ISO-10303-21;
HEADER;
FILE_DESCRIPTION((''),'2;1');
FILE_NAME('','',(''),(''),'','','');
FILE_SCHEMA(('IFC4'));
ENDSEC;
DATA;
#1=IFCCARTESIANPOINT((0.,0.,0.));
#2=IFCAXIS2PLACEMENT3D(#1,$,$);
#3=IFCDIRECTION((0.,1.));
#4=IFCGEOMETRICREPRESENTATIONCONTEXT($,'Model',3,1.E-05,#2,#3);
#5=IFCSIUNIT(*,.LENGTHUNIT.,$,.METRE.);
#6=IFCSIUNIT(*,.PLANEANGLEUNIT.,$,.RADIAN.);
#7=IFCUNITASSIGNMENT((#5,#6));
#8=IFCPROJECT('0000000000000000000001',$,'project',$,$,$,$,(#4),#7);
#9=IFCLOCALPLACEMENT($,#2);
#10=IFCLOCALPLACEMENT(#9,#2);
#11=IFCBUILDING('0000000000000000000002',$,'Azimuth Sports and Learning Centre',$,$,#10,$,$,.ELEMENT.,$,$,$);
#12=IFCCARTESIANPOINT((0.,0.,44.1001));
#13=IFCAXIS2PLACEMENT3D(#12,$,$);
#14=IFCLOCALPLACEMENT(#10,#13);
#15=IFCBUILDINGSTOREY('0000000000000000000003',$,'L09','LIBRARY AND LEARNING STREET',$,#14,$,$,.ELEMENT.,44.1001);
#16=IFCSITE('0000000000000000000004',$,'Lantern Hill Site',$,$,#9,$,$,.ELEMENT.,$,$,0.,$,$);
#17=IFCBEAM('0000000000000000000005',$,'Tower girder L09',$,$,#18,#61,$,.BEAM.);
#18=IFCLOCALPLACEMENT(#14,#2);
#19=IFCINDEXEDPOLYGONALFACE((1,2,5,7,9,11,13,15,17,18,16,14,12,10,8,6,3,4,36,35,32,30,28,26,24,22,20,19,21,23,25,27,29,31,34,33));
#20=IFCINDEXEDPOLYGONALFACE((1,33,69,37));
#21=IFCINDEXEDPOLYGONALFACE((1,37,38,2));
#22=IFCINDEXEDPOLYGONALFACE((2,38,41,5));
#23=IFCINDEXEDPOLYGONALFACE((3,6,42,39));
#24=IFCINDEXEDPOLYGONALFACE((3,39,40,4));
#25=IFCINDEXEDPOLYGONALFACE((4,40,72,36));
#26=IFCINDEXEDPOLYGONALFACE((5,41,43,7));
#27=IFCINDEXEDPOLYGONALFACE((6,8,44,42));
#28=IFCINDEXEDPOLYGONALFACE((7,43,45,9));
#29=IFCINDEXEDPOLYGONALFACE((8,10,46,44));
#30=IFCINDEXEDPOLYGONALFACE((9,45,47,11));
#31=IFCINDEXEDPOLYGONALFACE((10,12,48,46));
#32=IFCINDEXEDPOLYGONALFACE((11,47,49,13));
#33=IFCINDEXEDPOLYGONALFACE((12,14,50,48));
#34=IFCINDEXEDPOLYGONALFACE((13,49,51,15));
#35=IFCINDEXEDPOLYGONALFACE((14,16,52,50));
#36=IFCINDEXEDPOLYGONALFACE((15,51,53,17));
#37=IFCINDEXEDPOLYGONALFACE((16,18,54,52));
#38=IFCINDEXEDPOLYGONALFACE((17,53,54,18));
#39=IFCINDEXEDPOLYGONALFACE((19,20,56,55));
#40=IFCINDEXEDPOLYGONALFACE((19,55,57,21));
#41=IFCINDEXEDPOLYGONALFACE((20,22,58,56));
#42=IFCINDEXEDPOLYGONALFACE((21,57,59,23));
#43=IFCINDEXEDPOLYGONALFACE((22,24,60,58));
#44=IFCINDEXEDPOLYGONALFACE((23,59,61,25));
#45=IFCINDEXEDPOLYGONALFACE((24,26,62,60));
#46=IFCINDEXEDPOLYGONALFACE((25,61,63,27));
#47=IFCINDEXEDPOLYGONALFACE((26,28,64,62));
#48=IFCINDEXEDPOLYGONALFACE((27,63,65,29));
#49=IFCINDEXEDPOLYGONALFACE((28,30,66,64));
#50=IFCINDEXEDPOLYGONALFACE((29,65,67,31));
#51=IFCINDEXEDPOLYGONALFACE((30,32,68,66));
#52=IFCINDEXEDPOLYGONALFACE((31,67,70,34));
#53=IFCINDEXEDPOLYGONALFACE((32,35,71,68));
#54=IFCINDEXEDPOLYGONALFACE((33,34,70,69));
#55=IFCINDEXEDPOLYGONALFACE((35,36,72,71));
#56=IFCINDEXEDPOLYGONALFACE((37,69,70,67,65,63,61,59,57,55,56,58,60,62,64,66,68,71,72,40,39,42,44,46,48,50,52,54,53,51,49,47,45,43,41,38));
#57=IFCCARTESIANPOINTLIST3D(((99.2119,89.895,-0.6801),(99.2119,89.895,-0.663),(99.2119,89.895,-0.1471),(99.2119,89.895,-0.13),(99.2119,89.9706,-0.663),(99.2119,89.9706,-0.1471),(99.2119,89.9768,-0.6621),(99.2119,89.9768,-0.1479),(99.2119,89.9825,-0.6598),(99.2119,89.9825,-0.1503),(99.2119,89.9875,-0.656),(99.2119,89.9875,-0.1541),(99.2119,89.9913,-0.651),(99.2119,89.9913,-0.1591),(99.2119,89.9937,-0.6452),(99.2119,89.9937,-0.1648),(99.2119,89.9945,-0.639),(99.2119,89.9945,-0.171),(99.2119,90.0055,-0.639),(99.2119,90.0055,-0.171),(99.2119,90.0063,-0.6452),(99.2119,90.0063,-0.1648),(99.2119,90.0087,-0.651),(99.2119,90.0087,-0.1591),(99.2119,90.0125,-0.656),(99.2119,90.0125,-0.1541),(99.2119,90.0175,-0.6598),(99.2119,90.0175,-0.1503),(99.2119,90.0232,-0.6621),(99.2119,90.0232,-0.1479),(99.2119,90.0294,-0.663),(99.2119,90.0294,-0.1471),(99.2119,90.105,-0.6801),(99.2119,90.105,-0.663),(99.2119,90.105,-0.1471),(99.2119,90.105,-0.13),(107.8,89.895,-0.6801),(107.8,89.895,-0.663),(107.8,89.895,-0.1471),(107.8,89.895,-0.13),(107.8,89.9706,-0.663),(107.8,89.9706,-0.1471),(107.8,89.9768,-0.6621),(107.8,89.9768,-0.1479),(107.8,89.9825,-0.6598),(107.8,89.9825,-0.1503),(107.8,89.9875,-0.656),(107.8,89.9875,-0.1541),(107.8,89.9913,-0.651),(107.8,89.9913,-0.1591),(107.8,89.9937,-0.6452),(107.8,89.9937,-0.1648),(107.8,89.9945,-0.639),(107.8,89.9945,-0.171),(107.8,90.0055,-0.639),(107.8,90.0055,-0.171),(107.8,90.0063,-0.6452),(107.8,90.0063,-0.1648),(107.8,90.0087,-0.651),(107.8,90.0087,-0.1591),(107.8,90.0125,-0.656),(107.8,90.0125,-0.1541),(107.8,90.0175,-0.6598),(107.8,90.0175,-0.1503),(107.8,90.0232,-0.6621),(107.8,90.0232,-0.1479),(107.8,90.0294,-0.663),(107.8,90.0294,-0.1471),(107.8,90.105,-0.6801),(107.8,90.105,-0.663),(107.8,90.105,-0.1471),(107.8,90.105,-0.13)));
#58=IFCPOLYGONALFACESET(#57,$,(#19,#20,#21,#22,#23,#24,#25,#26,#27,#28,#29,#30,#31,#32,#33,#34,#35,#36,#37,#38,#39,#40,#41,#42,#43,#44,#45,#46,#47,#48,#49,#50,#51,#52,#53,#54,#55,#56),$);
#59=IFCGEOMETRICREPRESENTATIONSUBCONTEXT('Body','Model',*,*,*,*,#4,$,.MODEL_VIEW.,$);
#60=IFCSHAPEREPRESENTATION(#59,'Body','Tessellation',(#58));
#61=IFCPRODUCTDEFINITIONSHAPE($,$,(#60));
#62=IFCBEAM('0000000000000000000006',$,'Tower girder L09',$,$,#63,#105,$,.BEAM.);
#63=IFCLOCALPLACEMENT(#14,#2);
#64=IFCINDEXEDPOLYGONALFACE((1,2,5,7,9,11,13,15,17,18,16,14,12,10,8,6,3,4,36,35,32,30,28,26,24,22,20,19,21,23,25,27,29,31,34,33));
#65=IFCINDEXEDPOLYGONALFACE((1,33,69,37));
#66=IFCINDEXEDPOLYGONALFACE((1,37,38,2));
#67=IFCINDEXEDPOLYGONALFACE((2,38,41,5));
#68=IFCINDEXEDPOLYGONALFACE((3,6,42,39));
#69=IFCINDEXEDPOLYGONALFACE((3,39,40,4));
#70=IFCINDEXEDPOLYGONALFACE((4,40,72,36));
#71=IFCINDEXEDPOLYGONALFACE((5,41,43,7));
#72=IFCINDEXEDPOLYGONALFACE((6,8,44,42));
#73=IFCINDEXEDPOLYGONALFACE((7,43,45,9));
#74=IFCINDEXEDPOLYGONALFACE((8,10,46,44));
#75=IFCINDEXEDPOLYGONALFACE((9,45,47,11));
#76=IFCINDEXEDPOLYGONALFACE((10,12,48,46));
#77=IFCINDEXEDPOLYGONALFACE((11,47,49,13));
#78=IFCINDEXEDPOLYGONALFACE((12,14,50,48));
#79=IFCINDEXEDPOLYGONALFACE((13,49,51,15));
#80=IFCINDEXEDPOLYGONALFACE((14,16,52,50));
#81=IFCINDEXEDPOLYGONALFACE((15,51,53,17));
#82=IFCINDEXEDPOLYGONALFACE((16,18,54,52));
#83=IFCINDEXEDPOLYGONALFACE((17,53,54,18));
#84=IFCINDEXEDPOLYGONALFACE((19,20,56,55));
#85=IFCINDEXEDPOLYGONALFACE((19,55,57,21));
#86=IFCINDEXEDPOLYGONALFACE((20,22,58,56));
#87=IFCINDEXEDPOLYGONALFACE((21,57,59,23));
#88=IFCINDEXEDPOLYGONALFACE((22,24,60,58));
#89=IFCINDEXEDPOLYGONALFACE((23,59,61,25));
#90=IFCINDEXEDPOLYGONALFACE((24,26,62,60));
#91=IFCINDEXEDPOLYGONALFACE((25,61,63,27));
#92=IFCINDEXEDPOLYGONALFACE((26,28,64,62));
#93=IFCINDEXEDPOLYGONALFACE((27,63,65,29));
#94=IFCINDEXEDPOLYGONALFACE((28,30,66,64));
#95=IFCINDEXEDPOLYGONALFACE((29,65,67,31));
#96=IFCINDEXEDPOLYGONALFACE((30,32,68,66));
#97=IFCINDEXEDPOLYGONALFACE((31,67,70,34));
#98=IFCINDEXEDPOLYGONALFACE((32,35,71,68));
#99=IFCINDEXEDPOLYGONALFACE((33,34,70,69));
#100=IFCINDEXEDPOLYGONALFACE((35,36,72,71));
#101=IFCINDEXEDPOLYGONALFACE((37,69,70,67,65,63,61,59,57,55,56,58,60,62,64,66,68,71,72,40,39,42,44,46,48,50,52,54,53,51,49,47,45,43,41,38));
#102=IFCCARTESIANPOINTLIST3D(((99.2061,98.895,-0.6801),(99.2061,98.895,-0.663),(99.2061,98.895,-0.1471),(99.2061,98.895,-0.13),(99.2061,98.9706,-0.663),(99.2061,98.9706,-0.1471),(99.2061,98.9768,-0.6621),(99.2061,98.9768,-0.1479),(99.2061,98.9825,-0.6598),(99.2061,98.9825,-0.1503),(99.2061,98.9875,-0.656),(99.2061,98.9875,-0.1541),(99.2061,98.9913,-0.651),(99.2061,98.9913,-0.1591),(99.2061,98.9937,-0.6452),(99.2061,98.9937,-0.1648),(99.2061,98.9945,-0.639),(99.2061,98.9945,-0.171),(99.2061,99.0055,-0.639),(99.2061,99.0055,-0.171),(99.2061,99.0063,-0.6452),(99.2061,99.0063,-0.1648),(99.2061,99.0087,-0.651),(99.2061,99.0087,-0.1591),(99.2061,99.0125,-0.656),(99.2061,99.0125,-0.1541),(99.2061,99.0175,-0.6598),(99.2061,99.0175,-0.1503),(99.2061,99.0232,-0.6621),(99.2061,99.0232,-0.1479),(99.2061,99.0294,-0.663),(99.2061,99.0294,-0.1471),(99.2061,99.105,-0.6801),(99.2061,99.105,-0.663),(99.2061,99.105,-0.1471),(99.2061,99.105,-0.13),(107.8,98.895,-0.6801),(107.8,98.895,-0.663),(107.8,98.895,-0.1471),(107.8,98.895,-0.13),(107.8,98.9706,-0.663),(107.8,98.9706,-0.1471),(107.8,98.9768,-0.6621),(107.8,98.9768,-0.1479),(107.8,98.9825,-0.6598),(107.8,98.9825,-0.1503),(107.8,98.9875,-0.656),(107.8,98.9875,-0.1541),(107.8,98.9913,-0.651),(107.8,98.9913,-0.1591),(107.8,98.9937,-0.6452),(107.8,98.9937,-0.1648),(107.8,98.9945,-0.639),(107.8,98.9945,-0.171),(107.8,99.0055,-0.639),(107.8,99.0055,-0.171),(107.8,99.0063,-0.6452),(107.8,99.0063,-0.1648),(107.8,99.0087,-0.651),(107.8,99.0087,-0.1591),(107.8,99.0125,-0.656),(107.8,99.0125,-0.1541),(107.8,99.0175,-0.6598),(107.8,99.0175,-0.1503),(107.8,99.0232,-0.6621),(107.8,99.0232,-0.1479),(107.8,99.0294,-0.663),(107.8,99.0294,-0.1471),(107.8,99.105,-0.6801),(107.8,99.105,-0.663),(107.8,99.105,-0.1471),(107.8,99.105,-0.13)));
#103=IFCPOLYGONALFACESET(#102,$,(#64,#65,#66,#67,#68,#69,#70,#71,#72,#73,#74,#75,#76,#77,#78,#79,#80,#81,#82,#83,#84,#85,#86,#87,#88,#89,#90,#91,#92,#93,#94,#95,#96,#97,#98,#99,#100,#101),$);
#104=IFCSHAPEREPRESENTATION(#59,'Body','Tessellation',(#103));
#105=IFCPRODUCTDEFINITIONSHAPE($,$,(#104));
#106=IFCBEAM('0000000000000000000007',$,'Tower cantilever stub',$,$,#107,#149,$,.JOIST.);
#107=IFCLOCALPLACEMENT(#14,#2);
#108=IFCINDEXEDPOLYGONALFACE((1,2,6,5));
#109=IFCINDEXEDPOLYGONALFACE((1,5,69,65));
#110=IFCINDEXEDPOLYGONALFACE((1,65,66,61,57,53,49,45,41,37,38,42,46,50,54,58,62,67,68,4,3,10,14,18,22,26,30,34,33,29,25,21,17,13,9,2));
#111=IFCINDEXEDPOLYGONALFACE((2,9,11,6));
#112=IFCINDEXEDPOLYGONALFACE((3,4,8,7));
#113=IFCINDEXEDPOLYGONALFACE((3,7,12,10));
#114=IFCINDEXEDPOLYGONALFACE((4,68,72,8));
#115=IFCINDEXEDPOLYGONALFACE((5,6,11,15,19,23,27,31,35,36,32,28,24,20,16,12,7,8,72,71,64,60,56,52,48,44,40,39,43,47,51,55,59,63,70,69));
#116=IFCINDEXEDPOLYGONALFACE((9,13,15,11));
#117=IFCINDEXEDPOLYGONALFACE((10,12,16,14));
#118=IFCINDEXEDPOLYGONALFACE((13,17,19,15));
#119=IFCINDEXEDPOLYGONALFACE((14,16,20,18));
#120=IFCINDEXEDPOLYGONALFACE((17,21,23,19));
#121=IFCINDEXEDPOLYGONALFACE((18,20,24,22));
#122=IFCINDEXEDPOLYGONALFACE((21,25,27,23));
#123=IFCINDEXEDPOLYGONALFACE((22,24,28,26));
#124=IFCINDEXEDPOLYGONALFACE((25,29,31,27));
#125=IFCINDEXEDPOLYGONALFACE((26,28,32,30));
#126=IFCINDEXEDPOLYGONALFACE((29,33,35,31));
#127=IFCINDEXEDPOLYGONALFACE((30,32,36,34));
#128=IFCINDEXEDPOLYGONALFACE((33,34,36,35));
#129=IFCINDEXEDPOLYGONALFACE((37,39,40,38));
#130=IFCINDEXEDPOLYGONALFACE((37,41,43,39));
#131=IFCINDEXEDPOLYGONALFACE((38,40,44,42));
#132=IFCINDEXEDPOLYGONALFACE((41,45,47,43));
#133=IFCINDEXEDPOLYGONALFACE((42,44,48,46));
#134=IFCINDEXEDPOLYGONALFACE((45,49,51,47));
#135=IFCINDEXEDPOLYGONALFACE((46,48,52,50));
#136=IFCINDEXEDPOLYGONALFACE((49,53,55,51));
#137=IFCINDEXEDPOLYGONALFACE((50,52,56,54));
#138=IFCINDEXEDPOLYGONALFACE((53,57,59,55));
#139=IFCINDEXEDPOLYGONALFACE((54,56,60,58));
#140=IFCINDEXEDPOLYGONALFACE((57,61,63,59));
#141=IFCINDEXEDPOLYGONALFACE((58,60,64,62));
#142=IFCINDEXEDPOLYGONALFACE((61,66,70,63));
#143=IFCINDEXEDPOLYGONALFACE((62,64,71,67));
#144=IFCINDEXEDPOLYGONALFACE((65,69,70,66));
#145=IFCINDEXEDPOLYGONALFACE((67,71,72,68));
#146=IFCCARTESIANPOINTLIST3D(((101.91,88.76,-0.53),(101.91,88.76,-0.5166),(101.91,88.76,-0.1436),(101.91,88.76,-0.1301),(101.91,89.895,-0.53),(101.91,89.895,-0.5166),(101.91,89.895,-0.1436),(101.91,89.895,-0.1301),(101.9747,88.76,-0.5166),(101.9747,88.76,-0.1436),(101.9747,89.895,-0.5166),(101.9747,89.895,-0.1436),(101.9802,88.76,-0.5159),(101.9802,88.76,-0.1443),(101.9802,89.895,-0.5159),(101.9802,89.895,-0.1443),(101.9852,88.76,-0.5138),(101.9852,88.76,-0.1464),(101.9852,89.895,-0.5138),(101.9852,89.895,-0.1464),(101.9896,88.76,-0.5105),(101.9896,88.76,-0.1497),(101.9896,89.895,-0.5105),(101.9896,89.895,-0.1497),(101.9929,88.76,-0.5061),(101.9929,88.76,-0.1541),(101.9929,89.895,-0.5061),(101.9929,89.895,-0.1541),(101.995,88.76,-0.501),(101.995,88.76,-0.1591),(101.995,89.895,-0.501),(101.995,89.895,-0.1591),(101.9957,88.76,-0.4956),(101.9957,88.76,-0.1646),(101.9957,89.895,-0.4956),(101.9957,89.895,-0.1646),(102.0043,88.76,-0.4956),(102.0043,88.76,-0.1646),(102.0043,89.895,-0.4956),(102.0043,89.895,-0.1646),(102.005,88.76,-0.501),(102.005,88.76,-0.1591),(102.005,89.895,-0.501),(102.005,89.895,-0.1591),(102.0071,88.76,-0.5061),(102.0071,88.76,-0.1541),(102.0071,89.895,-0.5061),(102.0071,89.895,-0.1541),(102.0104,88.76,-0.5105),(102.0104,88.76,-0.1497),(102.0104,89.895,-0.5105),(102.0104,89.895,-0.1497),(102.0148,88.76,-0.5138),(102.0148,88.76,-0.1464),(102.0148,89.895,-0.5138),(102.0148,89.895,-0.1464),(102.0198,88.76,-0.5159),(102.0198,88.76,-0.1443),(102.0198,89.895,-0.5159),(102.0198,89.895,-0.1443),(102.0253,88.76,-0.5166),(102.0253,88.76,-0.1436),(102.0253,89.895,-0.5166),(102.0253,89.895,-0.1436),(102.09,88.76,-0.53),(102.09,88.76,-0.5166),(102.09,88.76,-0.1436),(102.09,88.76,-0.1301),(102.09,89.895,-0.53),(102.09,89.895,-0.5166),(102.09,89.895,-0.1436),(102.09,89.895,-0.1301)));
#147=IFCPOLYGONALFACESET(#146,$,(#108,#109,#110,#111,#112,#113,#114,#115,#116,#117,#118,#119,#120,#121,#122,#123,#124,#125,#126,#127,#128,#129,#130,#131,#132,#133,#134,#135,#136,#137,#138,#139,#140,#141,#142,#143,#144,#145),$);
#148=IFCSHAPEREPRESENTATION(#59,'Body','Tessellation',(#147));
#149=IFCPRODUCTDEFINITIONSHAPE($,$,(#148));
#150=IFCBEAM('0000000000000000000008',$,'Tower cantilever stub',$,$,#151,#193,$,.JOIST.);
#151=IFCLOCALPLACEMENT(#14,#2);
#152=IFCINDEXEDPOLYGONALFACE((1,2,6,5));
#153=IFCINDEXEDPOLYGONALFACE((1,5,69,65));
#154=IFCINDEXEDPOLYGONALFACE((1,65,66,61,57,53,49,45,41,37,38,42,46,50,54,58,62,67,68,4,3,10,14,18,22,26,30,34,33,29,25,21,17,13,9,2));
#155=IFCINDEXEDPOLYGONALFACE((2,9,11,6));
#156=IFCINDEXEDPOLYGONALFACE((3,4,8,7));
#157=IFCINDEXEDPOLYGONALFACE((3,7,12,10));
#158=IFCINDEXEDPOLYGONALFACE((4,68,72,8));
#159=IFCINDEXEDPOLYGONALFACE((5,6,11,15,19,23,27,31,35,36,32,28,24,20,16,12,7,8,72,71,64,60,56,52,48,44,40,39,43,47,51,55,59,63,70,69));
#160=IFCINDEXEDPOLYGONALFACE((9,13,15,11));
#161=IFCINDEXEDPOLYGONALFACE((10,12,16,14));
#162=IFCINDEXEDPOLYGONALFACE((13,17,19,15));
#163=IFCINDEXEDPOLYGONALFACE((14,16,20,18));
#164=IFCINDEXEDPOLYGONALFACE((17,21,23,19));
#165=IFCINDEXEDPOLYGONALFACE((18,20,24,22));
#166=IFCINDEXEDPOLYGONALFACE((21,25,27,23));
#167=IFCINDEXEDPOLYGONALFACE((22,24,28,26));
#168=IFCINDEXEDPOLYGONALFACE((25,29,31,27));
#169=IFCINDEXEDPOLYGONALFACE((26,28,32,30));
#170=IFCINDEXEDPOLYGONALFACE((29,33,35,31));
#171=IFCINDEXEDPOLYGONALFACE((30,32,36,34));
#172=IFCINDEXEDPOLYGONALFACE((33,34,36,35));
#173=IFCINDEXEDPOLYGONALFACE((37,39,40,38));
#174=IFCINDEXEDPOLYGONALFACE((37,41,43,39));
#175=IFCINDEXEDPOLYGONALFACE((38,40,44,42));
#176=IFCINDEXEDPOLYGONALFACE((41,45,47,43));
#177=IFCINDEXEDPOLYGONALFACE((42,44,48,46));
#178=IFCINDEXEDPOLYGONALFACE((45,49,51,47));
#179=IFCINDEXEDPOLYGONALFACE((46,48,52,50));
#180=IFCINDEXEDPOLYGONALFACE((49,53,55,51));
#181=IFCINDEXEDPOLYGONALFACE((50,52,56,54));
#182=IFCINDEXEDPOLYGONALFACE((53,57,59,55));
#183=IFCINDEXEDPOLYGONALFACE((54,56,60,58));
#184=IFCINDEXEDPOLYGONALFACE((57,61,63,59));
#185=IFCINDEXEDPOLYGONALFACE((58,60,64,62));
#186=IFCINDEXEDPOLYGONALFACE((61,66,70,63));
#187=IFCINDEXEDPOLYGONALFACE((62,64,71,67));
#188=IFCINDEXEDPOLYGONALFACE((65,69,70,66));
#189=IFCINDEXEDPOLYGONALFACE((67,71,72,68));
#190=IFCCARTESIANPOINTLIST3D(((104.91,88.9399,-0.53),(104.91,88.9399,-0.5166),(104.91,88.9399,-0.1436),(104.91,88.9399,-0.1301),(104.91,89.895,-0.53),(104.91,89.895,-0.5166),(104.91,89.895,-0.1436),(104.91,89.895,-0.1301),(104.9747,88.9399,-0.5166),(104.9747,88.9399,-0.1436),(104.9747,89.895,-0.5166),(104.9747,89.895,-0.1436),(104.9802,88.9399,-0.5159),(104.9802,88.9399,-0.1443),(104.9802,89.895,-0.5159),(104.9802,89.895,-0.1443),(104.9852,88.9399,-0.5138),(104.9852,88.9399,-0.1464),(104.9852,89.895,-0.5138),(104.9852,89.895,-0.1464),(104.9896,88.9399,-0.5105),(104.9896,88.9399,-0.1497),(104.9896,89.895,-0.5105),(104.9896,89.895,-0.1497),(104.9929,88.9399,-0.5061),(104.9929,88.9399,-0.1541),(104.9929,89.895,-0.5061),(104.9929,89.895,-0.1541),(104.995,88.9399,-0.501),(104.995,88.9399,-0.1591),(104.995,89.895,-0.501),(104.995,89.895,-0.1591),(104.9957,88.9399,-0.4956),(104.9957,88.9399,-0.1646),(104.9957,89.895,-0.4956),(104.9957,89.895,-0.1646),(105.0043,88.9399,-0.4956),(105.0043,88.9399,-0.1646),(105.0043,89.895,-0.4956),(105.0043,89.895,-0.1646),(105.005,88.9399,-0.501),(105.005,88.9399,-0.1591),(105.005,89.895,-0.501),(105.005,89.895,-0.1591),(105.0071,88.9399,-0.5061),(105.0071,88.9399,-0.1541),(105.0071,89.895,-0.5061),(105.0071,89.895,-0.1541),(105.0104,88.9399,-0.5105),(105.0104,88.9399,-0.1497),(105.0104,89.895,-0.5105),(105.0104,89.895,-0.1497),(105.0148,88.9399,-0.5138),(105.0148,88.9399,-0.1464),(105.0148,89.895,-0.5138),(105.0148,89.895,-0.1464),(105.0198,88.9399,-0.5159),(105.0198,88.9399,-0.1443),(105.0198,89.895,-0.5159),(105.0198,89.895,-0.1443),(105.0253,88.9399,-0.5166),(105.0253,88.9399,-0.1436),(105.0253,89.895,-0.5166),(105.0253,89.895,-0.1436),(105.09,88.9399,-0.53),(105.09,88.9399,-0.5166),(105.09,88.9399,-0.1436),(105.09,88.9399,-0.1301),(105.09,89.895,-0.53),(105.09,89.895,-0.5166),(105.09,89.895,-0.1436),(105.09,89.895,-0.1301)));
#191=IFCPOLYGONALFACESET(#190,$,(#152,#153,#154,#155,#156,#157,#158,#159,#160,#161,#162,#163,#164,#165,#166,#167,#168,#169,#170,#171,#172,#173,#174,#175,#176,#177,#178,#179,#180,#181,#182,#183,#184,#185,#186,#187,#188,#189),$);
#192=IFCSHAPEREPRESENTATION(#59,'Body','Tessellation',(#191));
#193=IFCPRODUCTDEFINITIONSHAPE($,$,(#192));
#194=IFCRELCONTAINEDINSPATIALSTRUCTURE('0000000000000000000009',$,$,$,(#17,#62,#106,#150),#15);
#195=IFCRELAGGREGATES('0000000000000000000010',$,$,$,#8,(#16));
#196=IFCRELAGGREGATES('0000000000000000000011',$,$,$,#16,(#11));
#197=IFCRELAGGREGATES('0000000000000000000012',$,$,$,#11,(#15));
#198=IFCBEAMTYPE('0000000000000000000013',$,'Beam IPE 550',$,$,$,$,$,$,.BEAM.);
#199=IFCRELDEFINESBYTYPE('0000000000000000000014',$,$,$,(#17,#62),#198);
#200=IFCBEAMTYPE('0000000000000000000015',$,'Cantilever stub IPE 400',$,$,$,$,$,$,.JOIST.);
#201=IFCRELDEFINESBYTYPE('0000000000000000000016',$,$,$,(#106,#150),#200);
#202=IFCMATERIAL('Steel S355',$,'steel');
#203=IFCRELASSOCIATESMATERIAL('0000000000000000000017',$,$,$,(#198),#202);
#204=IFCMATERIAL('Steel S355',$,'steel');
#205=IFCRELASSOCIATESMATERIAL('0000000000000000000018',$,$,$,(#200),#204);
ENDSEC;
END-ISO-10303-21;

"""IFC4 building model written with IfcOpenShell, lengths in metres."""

from ifc_helpers import new_model, si_unit, direction, frame, origin, origin_2d, place, context, subcontext, project, spatial, i_section, extrude, material, material_profile, profile_set, type_object, element, save


model = new_model("IFC4")

# Units and contexts
model_context = context("Model", 3, precision=1e-05, world=origin(), true_north=direction((0.0, 1.0)))
body_context = subcontext(model_context, "Body", "Model", "MODEL_VIEW")
ifc_project = project(units=[si_unit("LENGTHUNIT", "METRE"), si_unit("PLANEANGLEUNIT", "RADIAN")], contexts=[model_context])

# Site, building, storey
site_placement = place(None, origin())
site = spatial("IfcSite", under=ifc_project, at=site_placement, Name="Lantern Hill Site", CompositionType="ELEMENT", RefElevation=0.0)
building_placement = place(site_placement, origin())
building = spatial("IfcBuilding", under=site, at=building_placement, Name="Azimuth Sports and Learning Centre", CompositionType="ELEMENT")
storey_placement = place(building_placement, frame((0.0, 0.0, 44.1001)))
storey = spatial("IfcBuildingStorey", under=building, at=storey_placement, Name="L09", Description="LIBRARY AND LEARNING STREET", CompositionType="ELEMENT", Elevation=44.1001)

# Beams
ifc_material_1 = material(Name="Steel S355", Category="steel")
ifc_material_profile_1 = material_profile(ifc_material_1, i_section(OverallWidth=0.21, OverallDepth=0.55, WebThickness=0.011, FlangeThickness=0.0171, FilletRadius=0.0239, at=origin_2d()), Name="IPE 550")
ifc_profile_set_1 = profile_set([ifc_material_profile_1], Name="Steel S355")
beam_type_1 = type_object("IfcBeamType", Name="Beam IPE 550", PredefinedType="BEAM", material=ifc_profile_set_1)
beam_1_placement = place(storey_placement, frame((99.2119, 90.0, -0.405), z_axis=(1.0, 0.0, 0.0), x_axis=(0.0, 1.0, 0.0)))
element("IfcBeam", 1, at=beam_1_placement, inside=storey, type_object=beam_type_1, Name="Tower girder L09", PredefinedType="BEAM", context=body_context, shape_type="SweptSolid", body=[
    extrude(i_section(OverallWidth=0.21, OverallDepth=0.55, WebThickness=0.011, FlangeThickness=0.0171, FilletRadius=0.0239, at=origin_2d()), origin(), (0.0, 0.0, 1.0), 8.5881),
])
beam_2_placement = place(storey_placement, frame((99.2061, 99.0, -0.405), z_axis=(1.0, 0.0, 0.0), x_axis=(0.0, 1.0, 0.0)))
element("IfcBeam", 2, at=beam_2_placement, inside=storey, type_object=beam_type_1, Name="Tower girder L09", PredefinedType="BEAM", context=body_context, shape_type="SweptSolid", body=[
    extrude(i_section(OverallWidth=0.21, OverallDepth=0.55, WebThickness=0.011, FlangeThickness=0.0171, FilletRadius=0.0239, at=origin_2d()), origin(), (0.0, 0.0, 1.0), 8.594),
])
ifc_material_2 = material(Name="Steel S355", Category="steel")
ifc_material_profile_2 = material_profile(ifc_material_2, i_section(OverallWidth=0.1799, OverallDepth=0.3999, WebThickness=0.0085, FlangeThickness=0.0134, FilletRadius=0.021, at=origin_2d()), Name="IPE 400")
ifc_profile_set_2 = profile_set([ifc_material_profile_2], Name="Steel S355")
beam_type_2 = type_object("IfcBeamType", Name="Cantilever stub IPE 400", PredefinedType="JOIST", material=ifc_profile_set_2)
beam_3_placement = place(storey_placement, frame((102.0, 89.895, -0.3301), z_axis=(0.0, -1.0, 0.0), x_axis=(1.0, 0.0, 0.0)))
element("IfcBeam", 3, at=beam_3_placement, inside=storey, type_object=beam_type_2, Name="Tower cantilever stub", PredefinedType="JOIST", context=body_context, shape_type="SweptSolid", body=[
    extrude(i_section(OverallWidth=0.1799, OverallDepth=0.3999, WebThickness=0.0085, FlangeThickness=0.0134, FilletRadius=0.021, at=origin_2d()), origin(), (0.0, 0.0, 1.0), 1.135),
])
beam_4_placement = place(storey_placement, frame((105.0, 89.895, -0.3301), z_axis=(0.0, -1.0, 0.0), x_axis=(1.0, 0.0, 0.0)))
element("IfcBeam", 4, at=beam_4_placement, inside=storey, type_object=beam_type_2, Name="Tower cantilever stub", PredefinedType="JOIST", context=body_context, shape_type="SweptSolid", body=[
    extrude(i_section(OverallWidth=0.1799, OverallDepth=0.3999, WebThickness=0.0085, FlangeThickness=0.0134, FilletRadius=0.021, at=origin_2d()), origin(), (0.0, 0.0, 1.0), 0.9551),
])

save(model, "model.ifc")
